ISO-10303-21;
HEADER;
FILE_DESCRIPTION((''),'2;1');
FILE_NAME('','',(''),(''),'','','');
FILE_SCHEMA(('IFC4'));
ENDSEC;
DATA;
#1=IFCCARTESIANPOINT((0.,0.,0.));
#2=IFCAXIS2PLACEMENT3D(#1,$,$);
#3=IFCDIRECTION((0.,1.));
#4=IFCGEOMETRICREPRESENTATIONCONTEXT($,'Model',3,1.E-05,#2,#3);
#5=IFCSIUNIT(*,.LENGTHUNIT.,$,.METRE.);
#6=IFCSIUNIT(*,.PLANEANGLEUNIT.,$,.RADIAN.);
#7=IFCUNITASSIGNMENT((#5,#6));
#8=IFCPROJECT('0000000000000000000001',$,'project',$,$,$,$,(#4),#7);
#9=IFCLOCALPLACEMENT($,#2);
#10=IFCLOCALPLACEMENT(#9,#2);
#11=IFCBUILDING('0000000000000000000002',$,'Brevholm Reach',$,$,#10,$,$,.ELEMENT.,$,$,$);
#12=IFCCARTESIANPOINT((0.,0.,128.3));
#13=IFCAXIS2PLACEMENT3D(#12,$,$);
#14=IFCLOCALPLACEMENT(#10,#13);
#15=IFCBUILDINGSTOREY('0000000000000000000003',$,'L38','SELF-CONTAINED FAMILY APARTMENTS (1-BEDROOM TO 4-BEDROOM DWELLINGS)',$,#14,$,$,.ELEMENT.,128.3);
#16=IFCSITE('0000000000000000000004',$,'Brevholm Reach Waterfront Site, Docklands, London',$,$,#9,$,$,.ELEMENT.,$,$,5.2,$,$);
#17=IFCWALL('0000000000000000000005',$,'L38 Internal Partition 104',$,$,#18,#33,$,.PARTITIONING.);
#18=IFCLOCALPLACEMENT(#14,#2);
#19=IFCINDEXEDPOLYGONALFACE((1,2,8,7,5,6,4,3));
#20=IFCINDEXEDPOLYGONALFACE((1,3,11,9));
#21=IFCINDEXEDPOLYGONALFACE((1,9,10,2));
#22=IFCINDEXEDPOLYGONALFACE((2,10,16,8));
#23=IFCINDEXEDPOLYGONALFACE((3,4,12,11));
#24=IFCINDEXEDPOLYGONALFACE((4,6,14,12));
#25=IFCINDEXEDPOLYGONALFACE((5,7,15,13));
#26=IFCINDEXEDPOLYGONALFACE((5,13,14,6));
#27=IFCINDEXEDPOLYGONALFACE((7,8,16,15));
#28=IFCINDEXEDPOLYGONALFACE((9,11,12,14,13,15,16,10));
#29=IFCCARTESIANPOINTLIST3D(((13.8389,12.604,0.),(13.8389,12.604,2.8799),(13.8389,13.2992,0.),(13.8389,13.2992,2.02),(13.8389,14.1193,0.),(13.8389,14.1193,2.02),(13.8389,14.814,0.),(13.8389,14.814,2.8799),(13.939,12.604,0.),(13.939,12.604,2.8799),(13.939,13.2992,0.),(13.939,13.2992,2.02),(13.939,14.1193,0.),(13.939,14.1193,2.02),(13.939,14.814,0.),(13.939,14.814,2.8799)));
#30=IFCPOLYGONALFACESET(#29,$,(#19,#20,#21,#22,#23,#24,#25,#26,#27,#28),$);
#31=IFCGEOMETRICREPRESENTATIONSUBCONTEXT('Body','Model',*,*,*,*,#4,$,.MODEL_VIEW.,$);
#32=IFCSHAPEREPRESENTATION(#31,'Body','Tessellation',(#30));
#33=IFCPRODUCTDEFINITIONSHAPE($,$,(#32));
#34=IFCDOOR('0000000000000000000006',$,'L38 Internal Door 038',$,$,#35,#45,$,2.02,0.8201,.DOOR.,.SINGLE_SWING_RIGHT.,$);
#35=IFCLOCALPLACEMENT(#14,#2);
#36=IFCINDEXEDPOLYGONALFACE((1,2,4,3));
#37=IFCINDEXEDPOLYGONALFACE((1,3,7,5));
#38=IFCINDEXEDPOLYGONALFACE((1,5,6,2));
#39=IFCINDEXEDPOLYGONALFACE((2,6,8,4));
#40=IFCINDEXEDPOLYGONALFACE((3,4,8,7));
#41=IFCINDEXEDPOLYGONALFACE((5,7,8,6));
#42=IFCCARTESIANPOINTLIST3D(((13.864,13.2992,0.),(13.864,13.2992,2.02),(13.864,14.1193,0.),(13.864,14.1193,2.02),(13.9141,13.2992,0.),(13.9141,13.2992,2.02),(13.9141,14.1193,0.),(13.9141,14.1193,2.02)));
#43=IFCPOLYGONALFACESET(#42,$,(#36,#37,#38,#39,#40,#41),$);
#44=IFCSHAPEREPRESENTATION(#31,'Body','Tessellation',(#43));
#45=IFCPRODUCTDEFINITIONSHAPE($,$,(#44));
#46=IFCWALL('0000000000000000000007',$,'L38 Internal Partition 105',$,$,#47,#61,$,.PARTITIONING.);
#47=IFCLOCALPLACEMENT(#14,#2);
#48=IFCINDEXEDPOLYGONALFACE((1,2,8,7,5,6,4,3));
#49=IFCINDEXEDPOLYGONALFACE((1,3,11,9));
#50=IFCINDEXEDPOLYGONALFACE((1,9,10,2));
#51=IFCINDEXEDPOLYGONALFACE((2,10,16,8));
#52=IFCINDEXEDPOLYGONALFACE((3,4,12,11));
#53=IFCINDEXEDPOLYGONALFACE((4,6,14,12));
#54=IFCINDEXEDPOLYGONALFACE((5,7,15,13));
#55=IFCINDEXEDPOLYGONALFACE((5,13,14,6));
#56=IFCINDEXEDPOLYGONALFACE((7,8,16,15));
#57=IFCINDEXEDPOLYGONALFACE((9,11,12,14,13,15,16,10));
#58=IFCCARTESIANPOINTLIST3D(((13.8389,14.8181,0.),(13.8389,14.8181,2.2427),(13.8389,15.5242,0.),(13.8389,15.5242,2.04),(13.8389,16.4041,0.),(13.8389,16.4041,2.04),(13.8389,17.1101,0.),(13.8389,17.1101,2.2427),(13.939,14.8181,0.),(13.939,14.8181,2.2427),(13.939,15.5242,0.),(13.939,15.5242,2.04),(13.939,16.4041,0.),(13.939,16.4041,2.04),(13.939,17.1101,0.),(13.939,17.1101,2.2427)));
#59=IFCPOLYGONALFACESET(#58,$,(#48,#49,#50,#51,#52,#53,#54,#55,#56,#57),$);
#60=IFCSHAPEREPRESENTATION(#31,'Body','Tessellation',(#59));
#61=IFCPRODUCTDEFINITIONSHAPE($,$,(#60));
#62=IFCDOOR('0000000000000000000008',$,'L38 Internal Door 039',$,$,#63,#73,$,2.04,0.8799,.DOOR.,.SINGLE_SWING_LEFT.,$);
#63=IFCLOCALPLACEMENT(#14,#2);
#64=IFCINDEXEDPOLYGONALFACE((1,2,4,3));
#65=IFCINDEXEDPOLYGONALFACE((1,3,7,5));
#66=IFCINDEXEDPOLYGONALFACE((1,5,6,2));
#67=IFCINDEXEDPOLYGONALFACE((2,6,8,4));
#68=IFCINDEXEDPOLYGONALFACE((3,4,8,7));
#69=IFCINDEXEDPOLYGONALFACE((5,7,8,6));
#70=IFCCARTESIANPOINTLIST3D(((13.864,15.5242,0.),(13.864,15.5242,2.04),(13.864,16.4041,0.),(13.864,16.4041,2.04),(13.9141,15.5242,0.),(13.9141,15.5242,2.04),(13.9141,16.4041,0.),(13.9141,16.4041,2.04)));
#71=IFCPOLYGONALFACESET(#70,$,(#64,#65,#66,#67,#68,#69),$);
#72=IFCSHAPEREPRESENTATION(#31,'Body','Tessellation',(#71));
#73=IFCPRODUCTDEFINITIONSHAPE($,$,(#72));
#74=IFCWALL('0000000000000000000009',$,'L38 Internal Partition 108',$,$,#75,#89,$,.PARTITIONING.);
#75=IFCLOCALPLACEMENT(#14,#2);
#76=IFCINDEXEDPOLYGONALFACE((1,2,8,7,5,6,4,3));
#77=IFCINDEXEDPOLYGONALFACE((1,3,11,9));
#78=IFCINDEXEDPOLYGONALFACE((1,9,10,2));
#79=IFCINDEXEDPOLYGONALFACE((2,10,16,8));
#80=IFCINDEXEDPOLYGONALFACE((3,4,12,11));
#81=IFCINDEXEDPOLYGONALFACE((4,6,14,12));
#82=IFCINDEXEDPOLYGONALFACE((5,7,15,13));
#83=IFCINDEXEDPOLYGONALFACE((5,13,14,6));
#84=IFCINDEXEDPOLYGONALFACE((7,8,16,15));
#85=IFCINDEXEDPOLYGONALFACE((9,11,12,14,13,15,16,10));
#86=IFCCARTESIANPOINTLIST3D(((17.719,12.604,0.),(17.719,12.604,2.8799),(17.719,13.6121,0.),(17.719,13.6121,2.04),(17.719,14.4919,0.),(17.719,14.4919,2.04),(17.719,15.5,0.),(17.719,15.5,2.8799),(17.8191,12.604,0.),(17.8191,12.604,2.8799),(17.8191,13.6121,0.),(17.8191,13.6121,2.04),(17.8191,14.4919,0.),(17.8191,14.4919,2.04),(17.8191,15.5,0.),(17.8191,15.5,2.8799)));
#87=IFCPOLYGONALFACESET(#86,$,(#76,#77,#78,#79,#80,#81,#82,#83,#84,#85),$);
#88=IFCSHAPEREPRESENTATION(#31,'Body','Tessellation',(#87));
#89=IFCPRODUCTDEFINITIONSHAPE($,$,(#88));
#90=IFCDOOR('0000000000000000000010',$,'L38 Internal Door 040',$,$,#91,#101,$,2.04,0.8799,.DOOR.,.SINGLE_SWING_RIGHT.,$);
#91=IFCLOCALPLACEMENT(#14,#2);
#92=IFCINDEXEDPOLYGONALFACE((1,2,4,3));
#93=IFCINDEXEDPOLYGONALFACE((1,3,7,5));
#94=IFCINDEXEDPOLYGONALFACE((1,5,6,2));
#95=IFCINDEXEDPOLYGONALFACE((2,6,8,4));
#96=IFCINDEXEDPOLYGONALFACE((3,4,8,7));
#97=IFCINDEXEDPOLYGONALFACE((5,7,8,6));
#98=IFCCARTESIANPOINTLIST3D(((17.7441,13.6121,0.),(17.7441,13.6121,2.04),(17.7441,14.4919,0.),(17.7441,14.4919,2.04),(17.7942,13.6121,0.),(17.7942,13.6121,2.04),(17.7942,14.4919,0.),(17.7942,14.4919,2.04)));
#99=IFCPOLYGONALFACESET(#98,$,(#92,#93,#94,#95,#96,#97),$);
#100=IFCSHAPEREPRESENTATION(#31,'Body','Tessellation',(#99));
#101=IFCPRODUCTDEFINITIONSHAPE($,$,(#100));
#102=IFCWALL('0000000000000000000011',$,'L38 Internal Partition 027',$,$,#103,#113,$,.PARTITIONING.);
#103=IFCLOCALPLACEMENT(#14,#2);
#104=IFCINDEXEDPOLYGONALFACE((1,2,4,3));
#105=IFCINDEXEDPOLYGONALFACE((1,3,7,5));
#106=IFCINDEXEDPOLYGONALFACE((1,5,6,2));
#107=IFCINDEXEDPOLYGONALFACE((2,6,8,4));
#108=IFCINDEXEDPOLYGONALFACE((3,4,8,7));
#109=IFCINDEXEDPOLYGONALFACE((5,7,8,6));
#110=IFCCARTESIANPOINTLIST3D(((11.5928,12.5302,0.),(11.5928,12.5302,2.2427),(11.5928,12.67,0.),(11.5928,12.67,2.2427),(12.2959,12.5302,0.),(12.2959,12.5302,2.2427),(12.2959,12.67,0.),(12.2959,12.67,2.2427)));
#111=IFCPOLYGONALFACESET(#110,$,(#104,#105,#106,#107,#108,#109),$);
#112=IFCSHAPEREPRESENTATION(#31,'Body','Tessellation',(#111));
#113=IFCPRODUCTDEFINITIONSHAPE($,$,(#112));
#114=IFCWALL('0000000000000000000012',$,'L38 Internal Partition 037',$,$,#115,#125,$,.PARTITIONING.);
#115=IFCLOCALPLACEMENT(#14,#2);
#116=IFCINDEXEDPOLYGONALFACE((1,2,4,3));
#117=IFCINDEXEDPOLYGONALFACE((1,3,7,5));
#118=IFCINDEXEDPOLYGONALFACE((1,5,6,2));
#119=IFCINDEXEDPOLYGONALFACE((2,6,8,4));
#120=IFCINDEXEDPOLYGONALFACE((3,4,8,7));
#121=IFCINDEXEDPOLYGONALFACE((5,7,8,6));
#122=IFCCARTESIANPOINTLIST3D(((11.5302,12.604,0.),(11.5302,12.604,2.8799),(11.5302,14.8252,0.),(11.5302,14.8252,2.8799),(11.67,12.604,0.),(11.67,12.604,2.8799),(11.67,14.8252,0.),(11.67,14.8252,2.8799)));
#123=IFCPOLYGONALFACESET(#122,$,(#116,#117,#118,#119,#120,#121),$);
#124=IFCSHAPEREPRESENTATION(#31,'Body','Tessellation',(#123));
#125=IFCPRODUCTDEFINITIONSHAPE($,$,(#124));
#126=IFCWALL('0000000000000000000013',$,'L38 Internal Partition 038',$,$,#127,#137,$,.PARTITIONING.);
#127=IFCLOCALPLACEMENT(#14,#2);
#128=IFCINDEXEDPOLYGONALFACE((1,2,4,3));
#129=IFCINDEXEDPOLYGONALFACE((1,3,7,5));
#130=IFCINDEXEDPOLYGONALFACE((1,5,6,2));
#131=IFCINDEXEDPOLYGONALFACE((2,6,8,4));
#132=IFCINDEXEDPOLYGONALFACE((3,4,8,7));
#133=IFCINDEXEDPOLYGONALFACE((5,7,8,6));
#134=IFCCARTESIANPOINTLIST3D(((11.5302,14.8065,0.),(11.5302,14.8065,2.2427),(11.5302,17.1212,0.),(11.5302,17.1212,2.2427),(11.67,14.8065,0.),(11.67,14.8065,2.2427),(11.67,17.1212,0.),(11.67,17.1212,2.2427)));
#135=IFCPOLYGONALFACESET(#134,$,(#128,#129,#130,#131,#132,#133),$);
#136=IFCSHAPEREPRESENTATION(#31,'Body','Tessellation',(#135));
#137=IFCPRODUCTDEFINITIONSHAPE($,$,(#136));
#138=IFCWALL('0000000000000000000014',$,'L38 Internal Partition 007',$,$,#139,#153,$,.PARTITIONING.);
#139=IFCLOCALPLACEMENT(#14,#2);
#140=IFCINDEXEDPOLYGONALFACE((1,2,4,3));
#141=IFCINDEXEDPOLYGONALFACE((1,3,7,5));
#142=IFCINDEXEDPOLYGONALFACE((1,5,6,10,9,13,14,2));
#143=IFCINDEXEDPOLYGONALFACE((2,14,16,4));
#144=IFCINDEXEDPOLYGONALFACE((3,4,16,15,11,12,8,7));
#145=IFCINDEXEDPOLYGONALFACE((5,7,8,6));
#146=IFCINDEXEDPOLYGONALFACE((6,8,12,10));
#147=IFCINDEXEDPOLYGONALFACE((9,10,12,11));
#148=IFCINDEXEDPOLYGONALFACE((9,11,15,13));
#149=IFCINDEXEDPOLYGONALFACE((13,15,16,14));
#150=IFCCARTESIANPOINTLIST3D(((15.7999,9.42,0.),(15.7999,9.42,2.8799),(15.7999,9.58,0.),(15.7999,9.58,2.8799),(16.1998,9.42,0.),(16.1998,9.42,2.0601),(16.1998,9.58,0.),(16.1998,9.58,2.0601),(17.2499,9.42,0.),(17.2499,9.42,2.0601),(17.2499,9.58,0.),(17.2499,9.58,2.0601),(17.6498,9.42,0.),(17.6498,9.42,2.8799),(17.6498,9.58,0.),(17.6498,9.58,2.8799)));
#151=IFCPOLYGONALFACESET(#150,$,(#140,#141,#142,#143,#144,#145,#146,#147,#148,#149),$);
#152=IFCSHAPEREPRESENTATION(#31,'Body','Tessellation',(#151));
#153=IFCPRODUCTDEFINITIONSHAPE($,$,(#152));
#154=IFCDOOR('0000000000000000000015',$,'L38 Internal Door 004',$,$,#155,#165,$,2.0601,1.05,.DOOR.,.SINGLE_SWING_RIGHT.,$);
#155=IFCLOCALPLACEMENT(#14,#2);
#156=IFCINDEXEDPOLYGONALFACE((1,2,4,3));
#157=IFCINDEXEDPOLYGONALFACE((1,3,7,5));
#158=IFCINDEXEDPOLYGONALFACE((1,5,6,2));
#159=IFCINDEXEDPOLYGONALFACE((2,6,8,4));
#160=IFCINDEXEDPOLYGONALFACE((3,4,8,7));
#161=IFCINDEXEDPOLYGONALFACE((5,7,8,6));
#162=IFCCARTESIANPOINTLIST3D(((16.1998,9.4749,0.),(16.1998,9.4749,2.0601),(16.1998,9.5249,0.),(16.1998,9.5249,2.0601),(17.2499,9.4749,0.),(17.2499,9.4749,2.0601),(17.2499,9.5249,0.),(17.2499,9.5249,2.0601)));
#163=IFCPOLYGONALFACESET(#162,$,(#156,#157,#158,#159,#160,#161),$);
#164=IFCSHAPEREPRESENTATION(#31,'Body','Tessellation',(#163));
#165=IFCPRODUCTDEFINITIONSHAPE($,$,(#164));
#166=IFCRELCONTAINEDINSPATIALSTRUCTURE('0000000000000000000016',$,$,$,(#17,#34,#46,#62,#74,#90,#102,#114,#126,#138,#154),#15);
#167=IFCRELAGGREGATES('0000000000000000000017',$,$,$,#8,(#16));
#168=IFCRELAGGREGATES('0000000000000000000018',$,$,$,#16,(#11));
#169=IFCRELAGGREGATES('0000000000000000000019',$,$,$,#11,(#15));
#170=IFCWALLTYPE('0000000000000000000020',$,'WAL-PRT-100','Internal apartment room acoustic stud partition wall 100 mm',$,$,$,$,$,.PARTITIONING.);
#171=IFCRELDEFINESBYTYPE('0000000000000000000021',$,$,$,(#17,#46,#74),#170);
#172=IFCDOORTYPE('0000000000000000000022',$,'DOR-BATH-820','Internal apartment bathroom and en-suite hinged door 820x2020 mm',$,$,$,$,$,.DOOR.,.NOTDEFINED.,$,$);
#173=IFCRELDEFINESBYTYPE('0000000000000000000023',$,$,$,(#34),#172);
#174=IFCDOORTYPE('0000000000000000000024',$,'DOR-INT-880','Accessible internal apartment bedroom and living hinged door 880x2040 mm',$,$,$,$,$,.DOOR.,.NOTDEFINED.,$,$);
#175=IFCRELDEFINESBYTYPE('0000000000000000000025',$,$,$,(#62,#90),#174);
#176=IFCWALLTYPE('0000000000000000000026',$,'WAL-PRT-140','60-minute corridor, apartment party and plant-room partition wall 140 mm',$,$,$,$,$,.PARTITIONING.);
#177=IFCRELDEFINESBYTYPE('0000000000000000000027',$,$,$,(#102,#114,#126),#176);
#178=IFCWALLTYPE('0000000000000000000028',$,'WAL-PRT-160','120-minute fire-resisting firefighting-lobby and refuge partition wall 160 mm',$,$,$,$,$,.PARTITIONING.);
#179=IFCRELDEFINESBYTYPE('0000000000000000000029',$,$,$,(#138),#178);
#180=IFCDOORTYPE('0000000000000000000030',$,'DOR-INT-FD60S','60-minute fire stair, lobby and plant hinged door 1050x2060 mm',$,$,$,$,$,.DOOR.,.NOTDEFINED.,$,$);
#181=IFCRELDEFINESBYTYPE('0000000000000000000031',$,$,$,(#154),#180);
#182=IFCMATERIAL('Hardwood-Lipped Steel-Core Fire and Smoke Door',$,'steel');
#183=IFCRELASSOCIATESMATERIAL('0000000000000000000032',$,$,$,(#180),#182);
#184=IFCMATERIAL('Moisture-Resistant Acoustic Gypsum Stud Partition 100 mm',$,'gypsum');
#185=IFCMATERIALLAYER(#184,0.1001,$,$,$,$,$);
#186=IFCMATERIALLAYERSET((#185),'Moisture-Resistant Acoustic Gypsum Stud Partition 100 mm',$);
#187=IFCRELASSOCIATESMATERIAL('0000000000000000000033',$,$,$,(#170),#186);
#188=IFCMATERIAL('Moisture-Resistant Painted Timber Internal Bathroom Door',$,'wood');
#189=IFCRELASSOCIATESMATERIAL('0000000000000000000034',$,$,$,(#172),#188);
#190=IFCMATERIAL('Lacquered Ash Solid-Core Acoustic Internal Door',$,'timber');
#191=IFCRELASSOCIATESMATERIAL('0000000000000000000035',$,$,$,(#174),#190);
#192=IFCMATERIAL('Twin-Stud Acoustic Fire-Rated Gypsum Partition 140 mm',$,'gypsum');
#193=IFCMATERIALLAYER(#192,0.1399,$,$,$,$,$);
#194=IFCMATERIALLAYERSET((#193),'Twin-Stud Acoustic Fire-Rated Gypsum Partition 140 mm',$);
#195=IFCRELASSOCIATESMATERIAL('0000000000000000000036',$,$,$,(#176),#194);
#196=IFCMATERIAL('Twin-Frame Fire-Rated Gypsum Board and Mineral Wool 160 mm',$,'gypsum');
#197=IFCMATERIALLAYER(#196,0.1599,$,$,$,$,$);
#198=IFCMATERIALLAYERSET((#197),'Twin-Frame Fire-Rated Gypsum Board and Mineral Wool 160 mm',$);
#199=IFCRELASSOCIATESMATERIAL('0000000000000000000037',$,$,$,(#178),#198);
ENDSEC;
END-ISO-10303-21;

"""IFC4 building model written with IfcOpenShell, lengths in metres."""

from ifc_helpers import new_model, si_unit, direction, frame, frame_2d, origin, place, context, subcontext, project, spatial, rectangle, extrude, material, layer, layer_set, type_object, element, fill, save


model = new_model("IFC4")

# Units and contexts
model_context = context("Model", 3, precision=1e-05, world=origin(), true_north=direction((0.0, 1.0)))
body_context = subcontext(model_context, "Body", "Model", "MODEL_VIEW")
ifc_project = project(units=[si_unit("LENGTHUNIT", "METRE"), si_unit("PLANEANGLEUNIT", "RADIAN")], contexts=[model_context])

# Site, building, storey
site_placement = place(None, origin())
site = spatial("IfcSite", under=ifc_project, at=site_placement, Name="Brevholm Reach Waterfront Site, Docklands, London", CompositionType="ELEMENT", RefElevation=5.2)
building_placement = place(site_placement, origin())
building = spatial("IfcBuilding", under=site, at=building_placement, Name="Brevholm Reach", CompositionType="ELEMENT")
storey_placement = place(building_placement, frame((0.0, 0.0, 128.3)))
storey = spatial("IfcBuildingStorey", under=building, at=storey_placement, Name="L38", Description="SELF-CONTAINED FAMILY APARTMENTS (1-BEDROOM TO 4-BEDROOM DWELLINGS)", CompositionType="ELEMENT", Elevation=128.3)

# Shared definitions
ifc_material_1 = material(Name="Hardwood-Lipped Steel-Core Fire and Smoke Door", Category="steel")
door_type_1 = type_object("IfcDoorType", Name="DOR-INT-FD60S", Description="60-minute fire stair, lobby and plant hinged door 1050x2060 mm", OperationType="NOTDEFINED", PredefinedType="DOOR", material=ifc_material_1)

# Shared definitions
ifc_material_2 = material(Name="Moisture-Resistant Acoustic Gypsum Stud Partition 100 mm", Category="gypsum")
ifc_layer_1 = layer(ifc_material_2, 0.1001)
ifc_layer_set_1 = layer_set([ifc_layer_1], Name="Moisture-Resistant Acoustic Gypsum Stud Partition 100 mm")
wall_type_1 = type_object("IfcWallType", Name="WAL-PRT-100", Description="Internal apartment room acoustic stud partition wall 100 mm", PredefinedType="PARTITIONING", material=ifc_layer_set_1)

# Walls, openings, doors
wall_1_placement = place(storey_placement, frame((13.8889, 12.604, 0.0), z_axis=(0.0, 0.0, 1.0), x_axis=(0.0, 1.0, 0.0)))
wall_1 = element("IfcWall", 1, at=wall_1_placement, inside=storey, type_object=wall_type_1, Name="L38 Internal Partition 104", PredefinedType="PARTITIONING", context=body_context, shape_type="SweptSolid", body=[
    extrude(rectangle(XDim=2.21, YDim=0.1001, at=frame_2d((1.105, 0.0))), origin(), (0.0, 0.0, 1.0), 2.8799),
])
opening_1_placement = place(wall_1_placement, frame((0.6951, 0.0, 0.0)))
opening_1 = element("IfcOpeningElement", 2, at=opening_1_placement, cuts=wall_1, PredefinedType="OPENING", context=body_context, shape_type="SweptSolid", body=[
    extrude(rectangle(XDim=0.8201, YDim=2.02, at=frame_2d((0.4102, 1.01))), frame((0.0, 0.0601, 0.0), z_axis=(0.0, -1.0, 0.0), x_axis=(1.0, 0.0, 0.0)), (0.0, 0.0, 1.0), 0.1201),
])
ifc_material_3 = material(Name="Moisture-Resistant Painted Timber Internal Bathroom Door", Category="wood")
door_type_2 = type_object("IfcDoorType", Name="DOR-BATH-820", Description="Internal apartment bathroom and en-suite hinged door 820x2020 mm", OperationType="NOTDEFINED", PredefinedType="DOOR", material=ifc_material_3)
door_1_placement = place(opening_1_placement, origin())
door_1 = element("IfcDoor", 3, at=door_1_placement, inside=storey, type_object=door_type_2, Name="L38 Internal Door 038", OperationType="SINGLE_SWING_RIGHT", OverallHeight=2.02, OverallWidth=0.8201, PredefinedType="DOOR", context=body_context, shape_type="SweptSolid", body=[
    extrude(rectangle(XDim=0.8201, YDim=2.02, at=frame_2d((0.4102, 1.01))), frame((0.0, 0.0249, 0.0), z_axis=(0.0, -1.0, 0.0), x_axis=(1.0, 0.0, 0.0)), (0.0, 0.0, 1.0), 0.05),
])
fill(opening_1, door_1)
wall_2_placement = place(storey_placement, frame((13.8889, 14.8181, 0.0), z_axis=(0.0, 0.0, 1.0), x_axis=(0.0, 1.0, 0.0)))
wall_2 = element("IfcWall", 4, at=wall_2_placement, inside=storey, type_object=wall_type_1, Name="L38 Internal Partition 105", PredefinedType="PARTITIONING", context=body_context, shape_type="SweptSolid", body=[
    extrude(rectangle(XDim=2.292, YDim=0.1001, at=frame_2d((1.146, 0.0))), origin(), (0.0, 0.0, 1.0), 2.2427),
])
opening_2_placement = place(wall_2_placement, frame((0.7061, 0.0, 0.0)))
opening_2 = element("IfcOpeningElement", 5, at=opening_2_placement, cuts=wall_2, PredefinedType="OPENING", context=body_context, shape_type="SweptSolid", body=[
    extrude(rectangle(XDim=0.8799, YDim=2.04, at=frame_2d((0.4399, 1.02))), frame((0.0, 0.0601, 0.0), z_axis=(0.0, -1.0, 0.0), x_axis=(1.0, 0.0, 0.0)), (0.0, 0.0, 1.0), 0.1201),
])
ifc_material_4 = material(Name="Lacquered Ash Solid-Core Acoustic Internal Door", Category="timber")
door_type_3 = type_object("IfcDoorType", Name="DOR-INT-880", Description="Accessible internal apartment bedroom and living hinged door 880x2040 mm", OperationType="NOTDEFINED", PredefinedType="DOOR", material=ifc_material_4)
door_2_placement = place(opening_2_placement, origin())
door_2 = element("IfcDoor", 6, at=door_2_placement, inside=storey, type_object=door_type_3, Name="L38 Internal Door 039", OperationType="SINGLE_SWING_LEFT", OverallHeight=2.04, OverallWidth=0.8799, PredefinedType="DOOR", context=body_context, shape_type="SweptSolid", body=[
    extrude(rectangle(XDim=0.8799, YDim=2.04, at=frame_2d((0.4399, 1.02))), frame((0.0, 0.0249, 0.0), z_axis=(0.0, -1.0, 0.0), x_axis=(1.0, 0.0, 0.0)), (0.0, 0.0, 1.0), 0.05),
])
fill(opening_2, door_2)
wall_3_placement = place(storey_placement, frame((17.769, 12.604, 0.0), z_axis=(0.0, 0.0, 1.0), x_axis=(0.0, 1.0, 0.0)))
wall_3 = element("IfcWall", 7, at=wall_3_placement, inside=storey, type_object=wall_type_1, Name="L38 Internal Partition 108", PredefinedType="PARTITIONING", context=body_context, shape_type="SweptSolid", body=[
    extrude(rectangle(XDim=2.896, YDim=0.1001, at=frame_2d((1.448, 0.0))), origin(), (0.0, 0.0, 1.0), 2.8799),
])
opening_3_placement = place(wall_3_placement, frame((1.0081, 0.0, 0.0)))
opening_3 = element("IfcOpeningElement", 8, at=opening_3_placement, cuts=wall_3, PredefinedType="OPENING", context=body_context, shape_type="SweptSolid", body=[
    extrude(rectangle(XDim=0.8799, YDim=2.04, at=frame_2d((0.4399, 1.02))), frame((0.0, 0.0601, 0.0), z_axis=(0.0, -1.0, 0.0), x_axis=(1.0, 0.0, 0.0)), (0.0, 0.0, 1.0), 0.1201),
])
door_3_placement = place(opening_3_placement, origin())
door_3 = element("IfcDoor", 9, at=door_3_placement, inside=storey, type_object=door_type_3, Name="L38 Internal Door 040", OperationType="SINGLE_SWING_RIGHT", OverallHeight=2.04, OverallWidth=0.8799, PredefinedType="DOOR", context=body_context, shape_type="SweptSolid", body=[
    extrude(rectangle(XDim=0.8799, YDim=2.04, at=frame_2d((0.4399, 1.02))), frame((0.0, 0.0249, 0.0), z_axis=(0.0, -1.0, 0.0), x_axis=(1.0, 0.0, 0.0)), (0.0, 0.0, 1.0), 0.05),
])
fill(opening_3, door_3)

# Walls
ifc_material_5 = material(Name="Twin-Stud Acoustic Fire-Rated Gypsum Partition 140 mm", Category="gypsum")
ifc_layer_2 = layer(ifc_material_5, 0.1399)
ifc_layer_set_2 = layer_set([ifc_layer_2], Name="Twin-Stud Acoustic Fire-Rated Gypsum Partition 140 mm")
wall_type_2 = type_object("IfcWallType", Name="WAL-PRT-140", Description="60-minute corridor, apartment party and plant-room partition wall 140 mm", PredefinedType="PARTITIONING", material=ifc_layer_set_2)
wall_4_placement = place(storey_placement, frame((11.5928, 12.6001, 0.0), z_axis=(0.0, 0.0, 1.0), x_axis=(1.0, 0.0, 0.0)))
element("IfcWall", 10, at=wall_4_placement, inside=storey, type_object=wall_type_2, Name="L38 Internal Partition 027", PredefinedType="PARTITIONING", context=body_context, shape_type="SweptSolid", body=[
    extrude(rectangle(XDim=0.7031, YDim=0.1399, at=frame_2d((0.3516, 0.0))), origin(), (0.0, 0.0, 1.0), 2.2427),
])
wall_5_placement = place(storey_placement, frame((11.6001, 12.604, 0.0), z_axis=(0.0, 0.0, 1.0), x_axis=(0.0, 1.0, 0.0)))
element("IfcWall", 11, at=wall_5_placement, inside=storey, type_object=wall_type_2, Name="L38 Internal Partition 037", PredefinedType="PARTITIONING", context=body_context, shape_type="SweptSolid", body=[
    extrude(rectangle(XDim=2.2212, YDim=0.1399, at=frame_2d((1.1106, 0.0))), origin(), (0.0, 0.0, 1.0), 2.8799),
])
wall_6_placement = place(storey_placement, frame((11.6001, 14.8066, 0.0), z_axis=(0.0, 0.0, 1.0), x_axis=(0.0, 1.0, 0.0)))
element("IfcWall", 12, at=wall_6_placement, inside=storey, type_object=wall_type_2, Name="L38 Internal Partition 038", PredefinedType="PARTITIONING", context=body_context, shape_type="SweptSolid", body=[
    extrude(rectangle(XDim=2.3147, YDim=0.1399, at=frame_2d((1.1572, 0.0))), origin(), (0.0, 0.0, 1.0), 2.2427),
])

# Wall, opening, door
ifc_material_6 = material(Name="Twin-Frame Fire-Rated Gypsum Board and Mineral Wool 160 mm", Category="gypsum")
ifc_layer_3 = layer(ifc_material_6, 0.1599)
ifc_layer_set_3 = layer_set([ifc_layer_3], Name="Twin-Frame Fire-Rated Gypsum Board and Mineral Wool 160 mm")
wall_type_3 = type_object("IfcWallType", Name="WAL-PRT-160", Description="120-minute fire-resisting firefighting-lobby and refuge partition wall 160 mm", PredefinedType="PARTITIONING", material=ifc_layer_set_3)
wall_7_placement = place(storey_placement, frame((15.8, 9.5, 0.0), z_axis=(0.0, 0.0, 1.0), x_axis=(1.0, 0.0, 0.0)))
wall_7 = element("IfcWall", 13, at=wall_7_placement, inside=storey, type_object=wall_type_3, Name="L38 Internal Partition 007", PredefinedType="PARTITIONING", context=body_context, shape_type="SweptSolid", body=[
    extrude(rectangle(XDim=1.8499, YDim=0.1599, at=frame_2d((0.9248, 0.0))), origin(), (0.0, 0.0, 1.0), 2.8799),
])
opening_4_placement = place(wall_7_placement, frame((0.3999, 0.0, 0.0)))
opening_4 = element("IfcOpeningElement", 14, at=opening_4_placement, cuts=wall_7, PredefinedType="OPENING", context=body_context, shape_type="SweptSolid", body=[
    extrude(rectangle(XDim=1.05, YDim=2.0601, at=frame_2d((0.5249, 1.03))), frame((0.0, 0.0898, 0.0), z_axis=(0.0, -1.0, 0.0), x_axis=(1.0, 0.0, 0.0)), (0.0, 0.0, 1.0), 0.1799),
])
door_4_placement = place(opening_4_placement, origin())
door_4 = element("IfcDoor", 15, at=door_4_placement, inside=storey, type_object=door_type_1, Name="L38 Internal Door 004", OperationType="SINGLE_SWING_RIGHT", OverallHeight=2.0601, OverallWidth=1.05, PredefinedType="DOOR", context=body_context, shape_type="SweptSolid", body=[
    extrude(rectangle(XDim=1.05, YDim=2.0601, at=frame_2d((0.5249, 1.03))), frame((0.0, 0.0249, 0.0), z_axis=(0.0, -1.0, 0.0), x_axis=(1.0, 0.0, 0.0)), (0.0, 0.0, 1.0), 0.05),
])
fill(opening_4, door_4)

save(model, "model.ifc")
